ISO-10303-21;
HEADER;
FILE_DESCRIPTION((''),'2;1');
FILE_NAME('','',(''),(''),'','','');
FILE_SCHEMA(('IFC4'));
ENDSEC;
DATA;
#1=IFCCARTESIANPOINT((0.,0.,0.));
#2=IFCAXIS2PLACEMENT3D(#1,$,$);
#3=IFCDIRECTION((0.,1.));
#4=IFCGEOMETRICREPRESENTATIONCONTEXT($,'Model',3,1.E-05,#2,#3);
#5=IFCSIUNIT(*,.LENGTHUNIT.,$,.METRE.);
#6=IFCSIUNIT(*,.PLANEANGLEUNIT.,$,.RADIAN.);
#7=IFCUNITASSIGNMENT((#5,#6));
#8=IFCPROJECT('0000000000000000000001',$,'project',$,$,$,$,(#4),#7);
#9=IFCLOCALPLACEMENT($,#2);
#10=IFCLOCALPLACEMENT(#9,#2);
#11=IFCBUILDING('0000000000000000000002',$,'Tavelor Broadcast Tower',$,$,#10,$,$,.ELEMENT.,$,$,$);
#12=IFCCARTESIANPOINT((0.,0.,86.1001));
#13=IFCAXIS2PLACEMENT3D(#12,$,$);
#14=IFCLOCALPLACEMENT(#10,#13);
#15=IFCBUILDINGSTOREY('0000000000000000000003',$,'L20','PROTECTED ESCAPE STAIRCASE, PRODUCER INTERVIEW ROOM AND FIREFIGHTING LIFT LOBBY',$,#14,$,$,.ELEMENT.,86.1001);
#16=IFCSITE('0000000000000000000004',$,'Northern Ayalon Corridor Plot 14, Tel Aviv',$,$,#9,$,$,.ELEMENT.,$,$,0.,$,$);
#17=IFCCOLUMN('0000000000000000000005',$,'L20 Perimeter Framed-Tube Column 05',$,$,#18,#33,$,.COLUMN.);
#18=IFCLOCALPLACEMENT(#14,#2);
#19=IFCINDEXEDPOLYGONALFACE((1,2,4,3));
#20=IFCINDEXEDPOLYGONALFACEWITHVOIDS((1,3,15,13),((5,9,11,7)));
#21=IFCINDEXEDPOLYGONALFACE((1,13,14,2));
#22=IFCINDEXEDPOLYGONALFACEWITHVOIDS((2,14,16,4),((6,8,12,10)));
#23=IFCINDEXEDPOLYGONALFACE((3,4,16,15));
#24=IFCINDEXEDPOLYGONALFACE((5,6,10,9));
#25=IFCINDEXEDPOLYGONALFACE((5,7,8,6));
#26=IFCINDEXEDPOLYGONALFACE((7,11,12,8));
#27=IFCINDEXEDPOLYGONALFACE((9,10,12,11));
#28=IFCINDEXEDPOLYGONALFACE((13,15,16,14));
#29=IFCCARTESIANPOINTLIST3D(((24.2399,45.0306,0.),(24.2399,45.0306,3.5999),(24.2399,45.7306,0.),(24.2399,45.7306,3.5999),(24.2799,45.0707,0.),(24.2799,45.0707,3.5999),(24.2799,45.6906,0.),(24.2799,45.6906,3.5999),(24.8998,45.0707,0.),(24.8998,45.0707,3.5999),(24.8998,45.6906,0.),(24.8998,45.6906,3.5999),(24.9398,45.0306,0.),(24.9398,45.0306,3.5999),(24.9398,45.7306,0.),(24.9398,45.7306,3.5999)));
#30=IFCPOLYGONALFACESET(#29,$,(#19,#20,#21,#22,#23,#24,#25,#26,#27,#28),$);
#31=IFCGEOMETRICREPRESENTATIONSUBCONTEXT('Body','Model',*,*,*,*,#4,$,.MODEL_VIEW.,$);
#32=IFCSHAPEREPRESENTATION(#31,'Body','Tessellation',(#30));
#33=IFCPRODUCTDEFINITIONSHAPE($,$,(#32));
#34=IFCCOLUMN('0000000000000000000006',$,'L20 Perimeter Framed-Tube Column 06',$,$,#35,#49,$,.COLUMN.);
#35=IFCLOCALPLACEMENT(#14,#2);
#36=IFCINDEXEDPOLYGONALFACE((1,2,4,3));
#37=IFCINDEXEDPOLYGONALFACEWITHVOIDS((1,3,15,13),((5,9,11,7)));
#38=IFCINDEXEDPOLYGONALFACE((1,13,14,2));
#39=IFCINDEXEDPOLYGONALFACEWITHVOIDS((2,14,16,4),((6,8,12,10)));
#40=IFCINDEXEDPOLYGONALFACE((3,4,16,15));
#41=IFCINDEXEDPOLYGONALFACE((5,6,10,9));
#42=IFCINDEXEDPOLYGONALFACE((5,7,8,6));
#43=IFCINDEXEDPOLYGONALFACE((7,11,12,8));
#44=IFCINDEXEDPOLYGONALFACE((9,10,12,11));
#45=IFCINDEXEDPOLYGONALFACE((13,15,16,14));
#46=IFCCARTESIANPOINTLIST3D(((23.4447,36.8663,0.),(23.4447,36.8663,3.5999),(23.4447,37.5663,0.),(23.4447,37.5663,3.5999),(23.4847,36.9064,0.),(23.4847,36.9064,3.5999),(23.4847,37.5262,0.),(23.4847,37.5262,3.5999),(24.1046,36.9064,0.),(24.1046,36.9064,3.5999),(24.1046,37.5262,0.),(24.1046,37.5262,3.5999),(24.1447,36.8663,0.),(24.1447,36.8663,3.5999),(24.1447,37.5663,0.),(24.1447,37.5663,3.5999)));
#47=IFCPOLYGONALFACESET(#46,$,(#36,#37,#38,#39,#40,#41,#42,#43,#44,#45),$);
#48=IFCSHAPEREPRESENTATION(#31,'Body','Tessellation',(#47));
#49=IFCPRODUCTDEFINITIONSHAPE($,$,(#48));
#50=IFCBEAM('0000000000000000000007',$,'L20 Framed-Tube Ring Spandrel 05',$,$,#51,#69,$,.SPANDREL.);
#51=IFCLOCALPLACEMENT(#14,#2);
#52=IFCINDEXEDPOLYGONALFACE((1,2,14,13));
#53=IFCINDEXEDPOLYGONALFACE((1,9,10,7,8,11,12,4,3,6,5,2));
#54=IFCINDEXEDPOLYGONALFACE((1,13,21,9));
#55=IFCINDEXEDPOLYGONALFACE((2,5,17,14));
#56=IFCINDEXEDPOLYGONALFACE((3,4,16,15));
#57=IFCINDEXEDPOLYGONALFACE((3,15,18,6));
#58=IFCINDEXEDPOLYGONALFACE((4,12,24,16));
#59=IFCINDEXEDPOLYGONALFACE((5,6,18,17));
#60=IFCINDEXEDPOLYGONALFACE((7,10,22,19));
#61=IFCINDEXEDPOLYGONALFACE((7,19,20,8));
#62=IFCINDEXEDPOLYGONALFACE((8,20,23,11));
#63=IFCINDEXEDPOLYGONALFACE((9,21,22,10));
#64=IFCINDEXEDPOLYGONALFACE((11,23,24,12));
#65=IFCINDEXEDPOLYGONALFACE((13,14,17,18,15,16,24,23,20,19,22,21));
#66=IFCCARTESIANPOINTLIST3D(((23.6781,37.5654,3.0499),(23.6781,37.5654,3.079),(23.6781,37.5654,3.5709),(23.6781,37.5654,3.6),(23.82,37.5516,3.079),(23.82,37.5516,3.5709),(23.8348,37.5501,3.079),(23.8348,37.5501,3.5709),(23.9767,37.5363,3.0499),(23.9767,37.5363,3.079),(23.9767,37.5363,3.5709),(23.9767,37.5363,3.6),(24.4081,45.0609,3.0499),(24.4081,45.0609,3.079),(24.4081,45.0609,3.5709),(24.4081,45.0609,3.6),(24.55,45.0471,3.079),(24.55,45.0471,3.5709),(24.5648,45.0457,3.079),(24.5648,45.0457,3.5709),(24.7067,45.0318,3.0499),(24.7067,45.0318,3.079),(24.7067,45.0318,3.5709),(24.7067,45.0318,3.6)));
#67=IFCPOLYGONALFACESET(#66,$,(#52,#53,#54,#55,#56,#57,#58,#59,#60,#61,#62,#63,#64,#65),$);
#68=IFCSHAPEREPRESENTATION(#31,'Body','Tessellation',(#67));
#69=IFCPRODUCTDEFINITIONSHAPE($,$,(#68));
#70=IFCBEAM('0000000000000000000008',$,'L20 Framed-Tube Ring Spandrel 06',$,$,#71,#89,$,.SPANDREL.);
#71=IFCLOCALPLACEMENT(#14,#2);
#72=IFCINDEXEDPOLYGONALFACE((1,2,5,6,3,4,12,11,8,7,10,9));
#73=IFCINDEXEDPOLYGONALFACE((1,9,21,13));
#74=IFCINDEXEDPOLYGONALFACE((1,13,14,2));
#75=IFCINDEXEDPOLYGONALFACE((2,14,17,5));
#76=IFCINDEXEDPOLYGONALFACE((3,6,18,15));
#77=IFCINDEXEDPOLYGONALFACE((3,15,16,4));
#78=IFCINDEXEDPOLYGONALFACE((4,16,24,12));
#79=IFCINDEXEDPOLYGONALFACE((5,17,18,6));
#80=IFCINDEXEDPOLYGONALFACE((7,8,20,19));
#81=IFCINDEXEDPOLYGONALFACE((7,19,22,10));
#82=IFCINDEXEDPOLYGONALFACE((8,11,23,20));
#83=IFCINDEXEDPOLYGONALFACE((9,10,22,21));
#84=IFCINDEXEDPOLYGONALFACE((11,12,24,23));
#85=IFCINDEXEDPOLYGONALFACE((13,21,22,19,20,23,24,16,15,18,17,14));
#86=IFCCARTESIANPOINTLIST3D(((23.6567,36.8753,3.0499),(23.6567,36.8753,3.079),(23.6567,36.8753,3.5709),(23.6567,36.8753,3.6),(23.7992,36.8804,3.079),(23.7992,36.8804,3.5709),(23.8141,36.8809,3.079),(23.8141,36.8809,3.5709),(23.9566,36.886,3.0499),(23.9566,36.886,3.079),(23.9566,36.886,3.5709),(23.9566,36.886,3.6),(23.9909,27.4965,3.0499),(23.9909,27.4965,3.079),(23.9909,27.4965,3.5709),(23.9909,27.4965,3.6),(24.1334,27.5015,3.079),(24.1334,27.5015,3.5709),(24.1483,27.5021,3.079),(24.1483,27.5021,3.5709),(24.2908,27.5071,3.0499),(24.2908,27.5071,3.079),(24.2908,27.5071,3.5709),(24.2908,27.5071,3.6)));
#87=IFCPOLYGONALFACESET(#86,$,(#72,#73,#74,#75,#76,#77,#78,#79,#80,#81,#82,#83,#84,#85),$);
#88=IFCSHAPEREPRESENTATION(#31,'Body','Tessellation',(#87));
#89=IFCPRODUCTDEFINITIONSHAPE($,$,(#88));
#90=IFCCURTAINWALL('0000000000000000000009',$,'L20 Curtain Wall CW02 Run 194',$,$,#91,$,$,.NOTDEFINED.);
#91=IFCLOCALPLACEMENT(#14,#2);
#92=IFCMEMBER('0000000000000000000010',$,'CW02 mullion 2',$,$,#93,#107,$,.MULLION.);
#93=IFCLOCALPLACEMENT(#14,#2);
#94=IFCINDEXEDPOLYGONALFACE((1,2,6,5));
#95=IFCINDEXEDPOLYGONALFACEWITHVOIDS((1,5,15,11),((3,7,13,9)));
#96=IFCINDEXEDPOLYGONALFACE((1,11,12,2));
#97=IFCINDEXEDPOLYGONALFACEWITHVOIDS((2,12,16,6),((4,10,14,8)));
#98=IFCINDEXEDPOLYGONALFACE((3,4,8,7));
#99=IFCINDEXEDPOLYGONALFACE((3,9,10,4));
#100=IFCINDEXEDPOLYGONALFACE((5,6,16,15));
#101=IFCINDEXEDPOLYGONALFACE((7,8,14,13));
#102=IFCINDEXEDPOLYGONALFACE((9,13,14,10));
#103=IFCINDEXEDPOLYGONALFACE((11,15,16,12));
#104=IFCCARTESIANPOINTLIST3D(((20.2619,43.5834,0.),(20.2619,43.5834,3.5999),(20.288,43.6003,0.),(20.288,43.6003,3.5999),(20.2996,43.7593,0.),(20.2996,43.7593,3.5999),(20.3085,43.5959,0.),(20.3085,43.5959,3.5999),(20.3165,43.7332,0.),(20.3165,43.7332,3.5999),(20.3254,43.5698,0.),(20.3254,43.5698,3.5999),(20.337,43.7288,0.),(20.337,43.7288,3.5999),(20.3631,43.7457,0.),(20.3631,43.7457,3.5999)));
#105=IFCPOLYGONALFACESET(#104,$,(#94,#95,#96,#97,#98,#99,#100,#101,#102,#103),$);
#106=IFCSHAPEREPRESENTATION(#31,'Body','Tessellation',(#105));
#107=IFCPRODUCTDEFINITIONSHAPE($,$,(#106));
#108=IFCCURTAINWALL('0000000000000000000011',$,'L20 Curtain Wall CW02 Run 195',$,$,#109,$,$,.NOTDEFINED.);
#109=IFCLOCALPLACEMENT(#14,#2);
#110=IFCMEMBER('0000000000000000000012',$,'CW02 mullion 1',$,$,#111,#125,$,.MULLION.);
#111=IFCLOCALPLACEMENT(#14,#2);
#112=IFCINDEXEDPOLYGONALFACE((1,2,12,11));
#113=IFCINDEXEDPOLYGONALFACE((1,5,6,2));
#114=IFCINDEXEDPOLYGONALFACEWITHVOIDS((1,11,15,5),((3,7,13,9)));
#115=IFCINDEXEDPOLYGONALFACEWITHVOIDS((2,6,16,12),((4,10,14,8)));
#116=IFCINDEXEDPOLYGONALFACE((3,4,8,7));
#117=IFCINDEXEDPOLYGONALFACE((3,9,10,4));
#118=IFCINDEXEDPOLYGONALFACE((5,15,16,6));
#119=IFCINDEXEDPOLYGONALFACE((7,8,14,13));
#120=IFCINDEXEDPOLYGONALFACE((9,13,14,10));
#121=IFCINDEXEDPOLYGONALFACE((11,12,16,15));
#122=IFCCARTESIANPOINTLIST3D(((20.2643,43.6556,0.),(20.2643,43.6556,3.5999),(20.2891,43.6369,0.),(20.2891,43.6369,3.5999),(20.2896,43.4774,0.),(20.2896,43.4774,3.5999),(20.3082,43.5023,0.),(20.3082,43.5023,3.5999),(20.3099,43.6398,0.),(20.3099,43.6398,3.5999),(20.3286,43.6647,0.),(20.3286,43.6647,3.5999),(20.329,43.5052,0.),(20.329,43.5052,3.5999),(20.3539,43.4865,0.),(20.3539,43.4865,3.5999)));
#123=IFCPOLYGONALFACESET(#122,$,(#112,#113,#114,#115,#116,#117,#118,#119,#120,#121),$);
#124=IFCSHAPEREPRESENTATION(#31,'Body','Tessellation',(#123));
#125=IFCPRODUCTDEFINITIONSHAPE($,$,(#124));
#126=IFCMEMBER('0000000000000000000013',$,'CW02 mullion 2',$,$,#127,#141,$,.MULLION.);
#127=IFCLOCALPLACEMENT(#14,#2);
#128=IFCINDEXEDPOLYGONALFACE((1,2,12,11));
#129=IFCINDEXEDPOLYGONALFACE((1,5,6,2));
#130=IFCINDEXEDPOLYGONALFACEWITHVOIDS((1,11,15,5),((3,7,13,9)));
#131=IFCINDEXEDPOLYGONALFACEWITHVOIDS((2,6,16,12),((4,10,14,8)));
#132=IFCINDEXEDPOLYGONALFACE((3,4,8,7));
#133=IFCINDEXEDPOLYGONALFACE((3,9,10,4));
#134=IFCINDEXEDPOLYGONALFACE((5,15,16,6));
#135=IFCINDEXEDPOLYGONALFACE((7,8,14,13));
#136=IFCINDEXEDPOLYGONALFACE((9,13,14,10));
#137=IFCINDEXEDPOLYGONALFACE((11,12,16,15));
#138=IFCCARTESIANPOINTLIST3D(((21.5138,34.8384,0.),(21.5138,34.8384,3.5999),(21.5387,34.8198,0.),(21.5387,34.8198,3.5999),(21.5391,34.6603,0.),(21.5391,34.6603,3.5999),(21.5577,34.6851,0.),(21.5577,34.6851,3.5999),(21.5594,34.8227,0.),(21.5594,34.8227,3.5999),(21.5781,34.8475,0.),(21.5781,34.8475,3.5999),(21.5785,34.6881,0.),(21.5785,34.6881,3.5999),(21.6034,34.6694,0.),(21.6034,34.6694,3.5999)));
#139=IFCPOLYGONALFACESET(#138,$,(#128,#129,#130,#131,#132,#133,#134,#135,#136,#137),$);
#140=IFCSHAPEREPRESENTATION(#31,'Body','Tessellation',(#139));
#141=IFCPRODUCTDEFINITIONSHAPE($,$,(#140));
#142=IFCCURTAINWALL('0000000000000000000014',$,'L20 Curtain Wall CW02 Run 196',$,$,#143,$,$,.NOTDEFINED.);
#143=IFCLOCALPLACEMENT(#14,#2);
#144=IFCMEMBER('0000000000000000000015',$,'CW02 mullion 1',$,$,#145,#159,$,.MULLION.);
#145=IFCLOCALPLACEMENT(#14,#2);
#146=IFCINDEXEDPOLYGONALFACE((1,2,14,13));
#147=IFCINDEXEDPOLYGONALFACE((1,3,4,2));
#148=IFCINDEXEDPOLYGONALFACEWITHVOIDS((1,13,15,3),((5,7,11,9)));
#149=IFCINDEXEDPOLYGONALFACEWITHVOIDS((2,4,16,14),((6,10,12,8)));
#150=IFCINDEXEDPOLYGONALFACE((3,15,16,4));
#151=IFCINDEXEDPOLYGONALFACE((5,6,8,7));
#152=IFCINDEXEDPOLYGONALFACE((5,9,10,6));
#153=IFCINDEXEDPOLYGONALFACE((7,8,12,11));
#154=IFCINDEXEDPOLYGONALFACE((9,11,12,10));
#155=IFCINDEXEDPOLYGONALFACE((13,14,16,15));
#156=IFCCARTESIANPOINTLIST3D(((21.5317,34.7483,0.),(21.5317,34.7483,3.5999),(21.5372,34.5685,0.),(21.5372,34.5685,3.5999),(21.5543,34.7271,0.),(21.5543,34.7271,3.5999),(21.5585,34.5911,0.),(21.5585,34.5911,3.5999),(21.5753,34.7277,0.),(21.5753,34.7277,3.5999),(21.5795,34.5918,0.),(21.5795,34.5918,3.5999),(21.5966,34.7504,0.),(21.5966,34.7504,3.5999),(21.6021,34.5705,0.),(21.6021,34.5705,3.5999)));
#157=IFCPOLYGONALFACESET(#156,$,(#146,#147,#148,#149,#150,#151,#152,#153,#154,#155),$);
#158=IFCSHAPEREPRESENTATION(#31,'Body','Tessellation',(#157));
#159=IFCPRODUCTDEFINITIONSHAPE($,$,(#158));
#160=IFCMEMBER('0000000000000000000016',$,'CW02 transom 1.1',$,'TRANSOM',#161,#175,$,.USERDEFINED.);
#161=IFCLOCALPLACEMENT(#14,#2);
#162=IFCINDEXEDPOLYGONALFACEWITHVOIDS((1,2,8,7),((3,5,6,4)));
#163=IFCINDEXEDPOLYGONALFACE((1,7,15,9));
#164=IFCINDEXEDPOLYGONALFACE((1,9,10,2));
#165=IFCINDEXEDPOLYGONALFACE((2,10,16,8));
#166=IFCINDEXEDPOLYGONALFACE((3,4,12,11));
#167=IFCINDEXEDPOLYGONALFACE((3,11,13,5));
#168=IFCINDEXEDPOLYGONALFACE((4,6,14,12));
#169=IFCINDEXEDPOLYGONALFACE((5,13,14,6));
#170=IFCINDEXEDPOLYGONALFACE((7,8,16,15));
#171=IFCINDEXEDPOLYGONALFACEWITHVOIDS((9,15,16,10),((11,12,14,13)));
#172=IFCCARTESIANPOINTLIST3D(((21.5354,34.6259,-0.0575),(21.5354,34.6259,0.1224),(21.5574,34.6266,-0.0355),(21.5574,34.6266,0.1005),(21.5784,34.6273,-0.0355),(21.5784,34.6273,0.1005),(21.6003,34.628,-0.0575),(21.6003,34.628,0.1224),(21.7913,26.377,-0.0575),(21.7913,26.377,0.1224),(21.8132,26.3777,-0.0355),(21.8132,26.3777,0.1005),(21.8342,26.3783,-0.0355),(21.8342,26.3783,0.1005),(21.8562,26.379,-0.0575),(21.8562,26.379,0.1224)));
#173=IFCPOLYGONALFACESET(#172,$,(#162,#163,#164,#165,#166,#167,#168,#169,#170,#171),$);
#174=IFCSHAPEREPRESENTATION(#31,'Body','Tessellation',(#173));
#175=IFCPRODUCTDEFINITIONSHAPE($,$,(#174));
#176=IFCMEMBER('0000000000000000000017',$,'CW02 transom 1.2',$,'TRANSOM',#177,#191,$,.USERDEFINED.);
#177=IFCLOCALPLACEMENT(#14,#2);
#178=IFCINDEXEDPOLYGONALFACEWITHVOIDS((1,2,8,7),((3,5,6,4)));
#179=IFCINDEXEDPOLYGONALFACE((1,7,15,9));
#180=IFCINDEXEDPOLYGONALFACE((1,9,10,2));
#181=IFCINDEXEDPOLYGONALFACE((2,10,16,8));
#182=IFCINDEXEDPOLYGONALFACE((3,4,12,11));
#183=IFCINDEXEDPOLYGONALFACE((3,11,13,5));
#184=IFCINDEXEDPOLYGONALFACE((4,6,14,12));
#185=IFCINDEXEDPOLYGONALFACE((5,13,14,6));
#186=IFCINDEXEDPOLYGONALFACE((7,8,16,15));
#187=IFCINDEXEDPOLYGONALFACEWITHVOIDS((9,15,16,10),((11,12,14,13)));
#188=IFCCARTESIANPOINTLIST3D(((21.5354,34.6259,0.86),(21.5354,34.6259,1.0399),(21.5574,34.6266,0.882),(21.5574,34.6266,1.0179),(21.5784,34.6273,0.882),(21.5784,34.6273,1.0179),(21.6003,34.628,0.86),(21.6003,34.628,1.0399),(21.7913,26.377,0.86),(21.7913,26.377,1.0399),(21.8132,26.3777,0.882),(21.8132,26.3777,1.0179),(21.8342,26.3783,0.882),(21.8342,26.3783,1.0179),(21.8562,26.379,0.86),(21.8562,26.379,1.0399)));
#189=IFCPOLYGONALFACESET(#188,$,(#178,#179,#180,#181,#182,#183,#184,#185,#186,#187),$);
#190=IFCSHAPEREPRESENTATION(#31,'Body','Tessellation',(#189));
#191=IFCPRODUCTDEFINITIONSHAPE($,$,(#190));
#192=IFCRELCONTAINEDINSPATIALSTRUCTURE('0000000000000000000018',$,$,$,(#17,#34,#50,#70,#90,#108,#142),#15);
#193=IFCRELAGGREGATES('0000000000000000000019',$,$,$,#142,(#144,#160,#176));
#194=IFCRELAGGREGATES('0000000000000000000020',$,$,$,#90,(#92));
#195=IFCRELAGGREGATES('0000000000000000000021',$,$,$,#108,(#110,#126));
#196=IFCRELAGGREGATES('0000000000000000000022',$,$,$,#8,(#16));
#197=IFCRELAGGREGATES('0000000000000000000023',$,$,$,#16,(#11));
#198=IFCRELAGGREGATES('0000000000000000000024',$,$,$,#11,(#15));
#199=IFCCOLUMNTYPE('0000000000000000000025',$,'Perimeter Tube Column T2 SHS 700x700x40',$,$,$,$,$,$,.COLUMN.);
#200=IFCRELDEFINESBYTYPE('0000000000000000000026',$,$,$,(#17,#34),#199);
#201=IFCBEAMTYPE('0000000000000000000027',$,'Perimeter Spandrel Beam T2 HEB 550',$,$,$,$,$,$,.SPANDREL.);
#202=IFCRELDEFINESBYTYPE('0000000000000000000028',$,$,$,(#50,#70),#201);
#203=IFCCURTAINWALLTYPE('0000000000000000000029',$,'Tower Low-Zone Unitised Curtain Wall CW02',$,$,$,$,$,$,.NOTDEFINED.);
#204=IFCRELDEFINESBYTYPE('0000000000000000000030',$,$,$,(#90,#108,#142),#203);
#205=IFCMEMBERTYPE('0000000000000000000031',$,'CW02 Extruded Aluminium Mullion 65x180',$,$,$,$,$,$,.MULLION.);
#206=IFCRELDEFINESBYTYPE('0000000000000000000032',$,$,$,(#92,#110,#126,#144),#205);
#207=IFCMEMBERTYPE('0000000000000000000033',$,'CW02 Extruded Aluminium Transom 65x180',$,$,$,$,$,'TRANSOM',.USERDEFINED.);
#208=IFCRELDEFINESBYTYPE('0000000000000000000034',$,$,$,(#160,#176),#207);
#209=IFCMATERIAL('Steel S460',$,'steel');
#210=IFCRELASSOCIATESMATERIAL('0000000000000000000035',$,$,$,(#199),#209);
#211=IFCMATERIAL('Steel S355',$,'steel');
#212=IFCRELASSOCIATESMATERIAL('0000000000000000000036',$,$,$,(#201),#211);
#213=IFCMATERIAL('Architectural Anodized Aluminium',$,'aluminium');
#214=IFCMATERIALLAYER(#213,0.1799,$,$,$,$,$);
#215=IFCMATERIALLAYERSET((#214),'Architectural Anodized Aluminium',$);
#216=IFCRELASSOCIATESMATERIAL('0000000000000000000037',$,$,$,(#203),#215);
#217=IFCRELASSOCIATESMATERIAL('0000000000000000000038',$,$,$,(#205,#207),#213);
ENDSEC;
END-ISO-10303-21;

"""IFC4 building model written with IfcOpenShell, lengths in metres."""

from ifc_helpers import new_model, si_unit, direction, frame, origin, origin_2d, place, context, subcontext, project, spatial, hollow_rectangle, i_section, extrude, source, transform, mapped, material, layer, layer_set, material_profile, profile_set, type_object, type_shapes, element, aggregate, save


model = new_model("IFC4")

# Units and contexts
model_context = context("Model", 3, precision=1e-05, world=origin(), true_north=direction((0.0, 1.0)))
body_context = subcontext(model_context, "Body", "Model", "MODEL_VIEW")
ifc_project = project(units=[si_unit("LENGTHUNIT", "METRE"), si_unit("PLANEANGLEUNIT", "RADIAN")], contexts=[model_context])

# Site, building, storey
site_placement = place(None, origin())
site = spatial("IfcSite", under=ifc_project, at=site_placement, Name="Northern Ayalon Corridor Plot 14, Tel Aviv", CompositionType="ELEMENT", RefElevation=0.0)
building_placement = place(site_placement, origin())
building = spatial("IfcBuilding", under=site, at=building_placement, Name="Tavelor Broadcast Tower", CompositionType="ELEMENT")
storey_placement = place(building_placement, frame((0.0, 0.0, 86.1001)))
storey = spatial("IfcBuildingStorey", under=building, at=storey_placement, Name="L20", Description="PROTECTED ESCAPE STAIRCASE, PRODUCER INTERVIEW ROOM AND FIREFIGHTING LIFT LOBBY", CompositionType="ELEMENT", Elevation=86.1001)

# Columns
ifc_material_1 = material(Name="Steel S460", Category="steel")
ifc_material_profile_1 = material_profile(ifc_material_1, hollow_rectangle(XDim=0.7, YDim=0.7, WallThickness=0.04, at=origin_2d()), Name="SHS 700x700x40")
ifc_profile_set_1 = profile_set([ifc_material_profile_1], Name="Steel S460")
column_type = type_object("IfcColumnType", Name="Perimeter Tube Column T2 SHS 700x700x40", PredefinedType="COLUMN", material=ifc_profile_set_1)
for number, where, z_axis, x_axis, name in (
    (1, (24.5898, 45.3806, 0.0), (0.0, 0.0, 1.0), (1.0, 0.0, 0.0), "L20 Perimeter Framed-Tube Column 05"),
    (2, (23.7947, 37.2163, 0.0), (0.0, 0.0, 1.0), (1.0, 0.0, 0.0), "L20 Perimeter Framed-Tube Column 06"),
):
    element("IfcColumn", number, at=place(storey_placement, frame(where, z_axis=z_axis, x_axis=x_axis)), inside=storey, type_object=column_type, Name=name, PredefinedType="COLUMN", context=body_context, shape_type="SweptSolid", body=[
        extrude(hollow_rectangle(XDim=0.7, YDim=0.7, WallThickness=0.04, at=origin_2d()), origin(), (0.0, 0.0, 1.0), 3.5999),
    ])

# Beams
ifc_material_2 = material(Name="Steel S355", Category="steel")
ifc_material_profile_2 = material_profile(ifc_material_2, i_section(OverallWidth=0.3, OverallDepth=0.55, WebThickness=0.0149, FlangeThickness=0.0291, at=origin_2d()), Name="HEB 550")
ifc_profile_set_2 = profile_set([ifc_material_profile_2], Name="Steel S355")
beam_type = type_object("IfcBeamType", Name="Perimeter Spandrel Beam T2 HEB 550", PredefinedType="SPANDREL", material=ifc_profile_set_2)
beam_1_placement = place(storey_placement, frame((24.5574, 45.0464, 3.325), z_axis=(-0.096929, -0.995291, 0.0), x_axis=(0.995291, -0.096929, 0.0)))
element("IfcBeam", 3, at=beam_1_placement, inside=storey, type_object=beam_type, Name="L20 Framed-Tube Ring Spandrel 05", PredefinedType="SPANDREL", context=body_context, shape_type="SweptSolid", body=[
    extrude(i_section(OverallWidth=0.3, OverallDepth=0.55, WebThickness=0.0149, FlangeThickness=0.0291, at=origin_2d()), origin(), (0.0, 0.0, 1.0), 7.531),
])
beam_2_placement = place(storey_placement, frame((23.8066, 36.8806, 3.325), z_axis=(0.035614, -0.999366, 0.0), x_axis=(0.999366, 0.035614, 0.0)))
element("IfcBeam", 4, at=beam_2_placement, inside=storey, type_object=beam_type, Name="L20 Framed-Tube Ring Spandrel 06", PredefinedType="SPANDREL", context=body_context, shape_type="SweptSolid", body=[
    extrude(i_section(OverallWidth=0.3, OverallDepth=0.55, WebThickness=0.0149, FlangeThickness=0.0291, at=origin_2d()), origin(), (0.0, 0.0, 1.0), 9.3848),
])

# Curtain wall, member
ifc_material_3 = material(Name="Architectural Anodized Aluminium", Category="aluminium")
ifc_layer_1 = layer(ifc_material_3, 0.1799)
ifc_layer_set_1 = layer_set([ifc_layer_1], Name="Architectural Anodized Aluminium")
curtain_wall_type = type_object("IfcCurtainWallType", Name="Tower Low-Zone Unitised Curtain Wall CW02", PredefinedType="NOTDEFINED", material=ifc_layer_set_1)
curtain_wall_1_placement = place(storey_placement, origin())
curtain_wall_1 = element("IfcCurtainWall", 5, at=curtain_wall_1_placement, inside=storey, type_object=curtain_wall_type, Name="L20 Curtain Wall CW02 Run 194", PredefinedType="NOTDEFINED")
ifc_material_profile_3 = material_profile(ifc_material_3, hollow_rectangle(XDim=0.0649, YDim=0.1799, WallThickness=0.022, at=origin_2d()), Name="RHS 65x180x22")
ifc_profile_set_3 = profile_set([ifc_material_profile_3], Name="Architectural Anodized Aluminium")
member_type_1 = type_object("IfcMemberType", Name="CW02 Extruded Aluminium Mullion 65x180", PredefinedType="MULLION", material=ifc_profile_set_3)
shared_shape_1 = source(origin(), body_context, "Body", "SweptSolid", [
    extrude(hollow_rectangle(XDim=0.0649, YDim=0.1799, WallThickness=0.022, at=origin_2d()), origin(), (0.0, 0.0, 1.0), 3.5999),
])
type_shapes(member_type_1, [shared_shape_1])
member_1_placement = place(storey_placement, frame((20.3125, 43.6646, 0.0), z_axis=(0.0, 0.0, 1.0), x_axis=(0.977695, -0.210031, 0.0)))
member_1 = element("IfcMember", 6, at=member_1_placement, type_object=member_type_1, Name="CW02 mullion 2", PredefinedType="MULLION", context=body_context, shape_type="MappedRepresentation", body=[
    mapped(shared_shape_1, transform((0.0, 0.0, 0.0), scale=1.0)),
])

# Curtain walls, members
curtain_wall_2_placement = place(storey_placement, origin())
curtain_wall_2 = element("IfcCurtainWall", 7, at=curtain_wall_2_placement, inside=storey, type_object=curtain_wall_type, Name="L20 Curtain Wall CW02 Run 195", PredefinedType="NOTDEFINED")
member_2_placement = place(storey_placement, frame((20.3091, 43.571, 0.0), z_axis=(0.0, 0.0, 1.0), x_axis=(0.990108, 0.140307, 0.0)))
member_2 = element("IfcMember", 8, at=member_2_placement, type_object=member_type_1, Name="CW02 mullion 1", PredefinedType="MULLION", context=body_context, shape_type="MappedRepresentation", body=[
    mapped(shared_shape_1, transform((0.0, 0.0, 0.0), scale=1.0)),
])
member_3_placement = place(storey_placement, frame((21.5586, 34.7539, 0.0), z_axis=(0.0, 0.0, 1.0), x_axis=(0.990108, 0.140307, 0.0)))
member_3 = element("IfcMember", 9, at=member_3_placement, type_object=member_type_1, Name="CW02 mullion 2", PredefinedType="MULLION", context=body_context, shape_type="MappedRepresentation", body=[
    mapped(shared_shape_1, transform((0.0, 0.0, 0.0), scale=1.0)),
])
curtain_wall_3_placement = place(storey_placement, origin())
curtain_wall_3 = element("IfcCurtainWall", 10, at=curtain_wall_3_placement, inside=storey, type_object=curtain_wall_type, Name="L20 Curtain Wall CW02 Run 196", PredefinedType="NOTDEFINED")
member_4_placement = place(storey_placement, frame((21.5669, 34.6594, 0.0), z_axis=(0.0, 0.0, 1.0), x_axis=(0.999519, 0.031003, 0.0)))
member_4 = element("IfcMember", 11, at=member_4_placement, type_object=member_type_1, Name="CW02 mullion 1", PredefinedType="MULLION", context=body_context, shape_type="MappedRepresentation", body=[
    mapped(shared_shape_1, transform((0.0, 0.0, 0.0), scale=1.0)),
])
ifc_material_profile_4 = material_profile(ifc_material_3, hollow_rectangle(XDim=0.0649, YDim=0.1799, WallThickness=0.022, at=origin_2d()), Name="RHS 65x180x22")
ifc_profile_set_4 = profile_set([ifc_material_profile_4], Name="Architectural Anodized Aluminium")
member_type_2 = type_object("IfcMemberType", Name="CW02 Extruded Aluminium Transom 65x180", ElementType="TRANSOM", PredefinedType="USERDEFINED", material=ifc_profile_set_4)
shared_shape_2 = source(origin(), body_context, "Body", "SweptSolid", [
    extrude(hollow_rectangle(XDim=0.0649, YDim=0.1799, WallThickness=0.022, at=origin_2d()), origin(), (0.0, 0.0, 1.0), 8.2529),
])
member_5_placement = place(storey_placement, frame((21.5679, 34.627, 0.0325), z_axis=(0.031002, -0.999519, 0.0), x_axis=(0.999519, 0.031002, 0.0)))
member_5 = element("IfcMember", 12, at=member_5_placement, type_object=member_type_2, Name="CW02 transom 1.1", ObjectType="TRANSOM", PredefinedType="USERDEFINED", context=body_context, shape_type="MappedRepresentation", body=[
    mapped(shared_shape_2, transform((0.0, 0.0, 0.0), scale=1.0)),
])
member_6_placement = place(storey_placement, frame((21.5679, 34.627, 0.95), z_axis=(0.031002, -0.999519, 0.0), x_axis=(0.999519, 0.031002, 0.0)))
member_6 = element("IfcMember", 13, at=member_6_placement, type_object=member_type_2, Name="CW02 transom 1.2", ObjectType="TRANSOM", PredefinedType="USERDEFINED", context=body_context, shape_type="MappedRepresentation", body=[
    mapped(shared_shape_2, transform((0.0, 0.0, 0.0), scale=1.0)),
])
aggregate(curtain_wall_3, [member_4, member_5, member_6])

aggregate(curtain_wall_1, [member_1])
aggregate(curtain_wall_2, [member_2, member_3])

save(model, "model.ifc")
